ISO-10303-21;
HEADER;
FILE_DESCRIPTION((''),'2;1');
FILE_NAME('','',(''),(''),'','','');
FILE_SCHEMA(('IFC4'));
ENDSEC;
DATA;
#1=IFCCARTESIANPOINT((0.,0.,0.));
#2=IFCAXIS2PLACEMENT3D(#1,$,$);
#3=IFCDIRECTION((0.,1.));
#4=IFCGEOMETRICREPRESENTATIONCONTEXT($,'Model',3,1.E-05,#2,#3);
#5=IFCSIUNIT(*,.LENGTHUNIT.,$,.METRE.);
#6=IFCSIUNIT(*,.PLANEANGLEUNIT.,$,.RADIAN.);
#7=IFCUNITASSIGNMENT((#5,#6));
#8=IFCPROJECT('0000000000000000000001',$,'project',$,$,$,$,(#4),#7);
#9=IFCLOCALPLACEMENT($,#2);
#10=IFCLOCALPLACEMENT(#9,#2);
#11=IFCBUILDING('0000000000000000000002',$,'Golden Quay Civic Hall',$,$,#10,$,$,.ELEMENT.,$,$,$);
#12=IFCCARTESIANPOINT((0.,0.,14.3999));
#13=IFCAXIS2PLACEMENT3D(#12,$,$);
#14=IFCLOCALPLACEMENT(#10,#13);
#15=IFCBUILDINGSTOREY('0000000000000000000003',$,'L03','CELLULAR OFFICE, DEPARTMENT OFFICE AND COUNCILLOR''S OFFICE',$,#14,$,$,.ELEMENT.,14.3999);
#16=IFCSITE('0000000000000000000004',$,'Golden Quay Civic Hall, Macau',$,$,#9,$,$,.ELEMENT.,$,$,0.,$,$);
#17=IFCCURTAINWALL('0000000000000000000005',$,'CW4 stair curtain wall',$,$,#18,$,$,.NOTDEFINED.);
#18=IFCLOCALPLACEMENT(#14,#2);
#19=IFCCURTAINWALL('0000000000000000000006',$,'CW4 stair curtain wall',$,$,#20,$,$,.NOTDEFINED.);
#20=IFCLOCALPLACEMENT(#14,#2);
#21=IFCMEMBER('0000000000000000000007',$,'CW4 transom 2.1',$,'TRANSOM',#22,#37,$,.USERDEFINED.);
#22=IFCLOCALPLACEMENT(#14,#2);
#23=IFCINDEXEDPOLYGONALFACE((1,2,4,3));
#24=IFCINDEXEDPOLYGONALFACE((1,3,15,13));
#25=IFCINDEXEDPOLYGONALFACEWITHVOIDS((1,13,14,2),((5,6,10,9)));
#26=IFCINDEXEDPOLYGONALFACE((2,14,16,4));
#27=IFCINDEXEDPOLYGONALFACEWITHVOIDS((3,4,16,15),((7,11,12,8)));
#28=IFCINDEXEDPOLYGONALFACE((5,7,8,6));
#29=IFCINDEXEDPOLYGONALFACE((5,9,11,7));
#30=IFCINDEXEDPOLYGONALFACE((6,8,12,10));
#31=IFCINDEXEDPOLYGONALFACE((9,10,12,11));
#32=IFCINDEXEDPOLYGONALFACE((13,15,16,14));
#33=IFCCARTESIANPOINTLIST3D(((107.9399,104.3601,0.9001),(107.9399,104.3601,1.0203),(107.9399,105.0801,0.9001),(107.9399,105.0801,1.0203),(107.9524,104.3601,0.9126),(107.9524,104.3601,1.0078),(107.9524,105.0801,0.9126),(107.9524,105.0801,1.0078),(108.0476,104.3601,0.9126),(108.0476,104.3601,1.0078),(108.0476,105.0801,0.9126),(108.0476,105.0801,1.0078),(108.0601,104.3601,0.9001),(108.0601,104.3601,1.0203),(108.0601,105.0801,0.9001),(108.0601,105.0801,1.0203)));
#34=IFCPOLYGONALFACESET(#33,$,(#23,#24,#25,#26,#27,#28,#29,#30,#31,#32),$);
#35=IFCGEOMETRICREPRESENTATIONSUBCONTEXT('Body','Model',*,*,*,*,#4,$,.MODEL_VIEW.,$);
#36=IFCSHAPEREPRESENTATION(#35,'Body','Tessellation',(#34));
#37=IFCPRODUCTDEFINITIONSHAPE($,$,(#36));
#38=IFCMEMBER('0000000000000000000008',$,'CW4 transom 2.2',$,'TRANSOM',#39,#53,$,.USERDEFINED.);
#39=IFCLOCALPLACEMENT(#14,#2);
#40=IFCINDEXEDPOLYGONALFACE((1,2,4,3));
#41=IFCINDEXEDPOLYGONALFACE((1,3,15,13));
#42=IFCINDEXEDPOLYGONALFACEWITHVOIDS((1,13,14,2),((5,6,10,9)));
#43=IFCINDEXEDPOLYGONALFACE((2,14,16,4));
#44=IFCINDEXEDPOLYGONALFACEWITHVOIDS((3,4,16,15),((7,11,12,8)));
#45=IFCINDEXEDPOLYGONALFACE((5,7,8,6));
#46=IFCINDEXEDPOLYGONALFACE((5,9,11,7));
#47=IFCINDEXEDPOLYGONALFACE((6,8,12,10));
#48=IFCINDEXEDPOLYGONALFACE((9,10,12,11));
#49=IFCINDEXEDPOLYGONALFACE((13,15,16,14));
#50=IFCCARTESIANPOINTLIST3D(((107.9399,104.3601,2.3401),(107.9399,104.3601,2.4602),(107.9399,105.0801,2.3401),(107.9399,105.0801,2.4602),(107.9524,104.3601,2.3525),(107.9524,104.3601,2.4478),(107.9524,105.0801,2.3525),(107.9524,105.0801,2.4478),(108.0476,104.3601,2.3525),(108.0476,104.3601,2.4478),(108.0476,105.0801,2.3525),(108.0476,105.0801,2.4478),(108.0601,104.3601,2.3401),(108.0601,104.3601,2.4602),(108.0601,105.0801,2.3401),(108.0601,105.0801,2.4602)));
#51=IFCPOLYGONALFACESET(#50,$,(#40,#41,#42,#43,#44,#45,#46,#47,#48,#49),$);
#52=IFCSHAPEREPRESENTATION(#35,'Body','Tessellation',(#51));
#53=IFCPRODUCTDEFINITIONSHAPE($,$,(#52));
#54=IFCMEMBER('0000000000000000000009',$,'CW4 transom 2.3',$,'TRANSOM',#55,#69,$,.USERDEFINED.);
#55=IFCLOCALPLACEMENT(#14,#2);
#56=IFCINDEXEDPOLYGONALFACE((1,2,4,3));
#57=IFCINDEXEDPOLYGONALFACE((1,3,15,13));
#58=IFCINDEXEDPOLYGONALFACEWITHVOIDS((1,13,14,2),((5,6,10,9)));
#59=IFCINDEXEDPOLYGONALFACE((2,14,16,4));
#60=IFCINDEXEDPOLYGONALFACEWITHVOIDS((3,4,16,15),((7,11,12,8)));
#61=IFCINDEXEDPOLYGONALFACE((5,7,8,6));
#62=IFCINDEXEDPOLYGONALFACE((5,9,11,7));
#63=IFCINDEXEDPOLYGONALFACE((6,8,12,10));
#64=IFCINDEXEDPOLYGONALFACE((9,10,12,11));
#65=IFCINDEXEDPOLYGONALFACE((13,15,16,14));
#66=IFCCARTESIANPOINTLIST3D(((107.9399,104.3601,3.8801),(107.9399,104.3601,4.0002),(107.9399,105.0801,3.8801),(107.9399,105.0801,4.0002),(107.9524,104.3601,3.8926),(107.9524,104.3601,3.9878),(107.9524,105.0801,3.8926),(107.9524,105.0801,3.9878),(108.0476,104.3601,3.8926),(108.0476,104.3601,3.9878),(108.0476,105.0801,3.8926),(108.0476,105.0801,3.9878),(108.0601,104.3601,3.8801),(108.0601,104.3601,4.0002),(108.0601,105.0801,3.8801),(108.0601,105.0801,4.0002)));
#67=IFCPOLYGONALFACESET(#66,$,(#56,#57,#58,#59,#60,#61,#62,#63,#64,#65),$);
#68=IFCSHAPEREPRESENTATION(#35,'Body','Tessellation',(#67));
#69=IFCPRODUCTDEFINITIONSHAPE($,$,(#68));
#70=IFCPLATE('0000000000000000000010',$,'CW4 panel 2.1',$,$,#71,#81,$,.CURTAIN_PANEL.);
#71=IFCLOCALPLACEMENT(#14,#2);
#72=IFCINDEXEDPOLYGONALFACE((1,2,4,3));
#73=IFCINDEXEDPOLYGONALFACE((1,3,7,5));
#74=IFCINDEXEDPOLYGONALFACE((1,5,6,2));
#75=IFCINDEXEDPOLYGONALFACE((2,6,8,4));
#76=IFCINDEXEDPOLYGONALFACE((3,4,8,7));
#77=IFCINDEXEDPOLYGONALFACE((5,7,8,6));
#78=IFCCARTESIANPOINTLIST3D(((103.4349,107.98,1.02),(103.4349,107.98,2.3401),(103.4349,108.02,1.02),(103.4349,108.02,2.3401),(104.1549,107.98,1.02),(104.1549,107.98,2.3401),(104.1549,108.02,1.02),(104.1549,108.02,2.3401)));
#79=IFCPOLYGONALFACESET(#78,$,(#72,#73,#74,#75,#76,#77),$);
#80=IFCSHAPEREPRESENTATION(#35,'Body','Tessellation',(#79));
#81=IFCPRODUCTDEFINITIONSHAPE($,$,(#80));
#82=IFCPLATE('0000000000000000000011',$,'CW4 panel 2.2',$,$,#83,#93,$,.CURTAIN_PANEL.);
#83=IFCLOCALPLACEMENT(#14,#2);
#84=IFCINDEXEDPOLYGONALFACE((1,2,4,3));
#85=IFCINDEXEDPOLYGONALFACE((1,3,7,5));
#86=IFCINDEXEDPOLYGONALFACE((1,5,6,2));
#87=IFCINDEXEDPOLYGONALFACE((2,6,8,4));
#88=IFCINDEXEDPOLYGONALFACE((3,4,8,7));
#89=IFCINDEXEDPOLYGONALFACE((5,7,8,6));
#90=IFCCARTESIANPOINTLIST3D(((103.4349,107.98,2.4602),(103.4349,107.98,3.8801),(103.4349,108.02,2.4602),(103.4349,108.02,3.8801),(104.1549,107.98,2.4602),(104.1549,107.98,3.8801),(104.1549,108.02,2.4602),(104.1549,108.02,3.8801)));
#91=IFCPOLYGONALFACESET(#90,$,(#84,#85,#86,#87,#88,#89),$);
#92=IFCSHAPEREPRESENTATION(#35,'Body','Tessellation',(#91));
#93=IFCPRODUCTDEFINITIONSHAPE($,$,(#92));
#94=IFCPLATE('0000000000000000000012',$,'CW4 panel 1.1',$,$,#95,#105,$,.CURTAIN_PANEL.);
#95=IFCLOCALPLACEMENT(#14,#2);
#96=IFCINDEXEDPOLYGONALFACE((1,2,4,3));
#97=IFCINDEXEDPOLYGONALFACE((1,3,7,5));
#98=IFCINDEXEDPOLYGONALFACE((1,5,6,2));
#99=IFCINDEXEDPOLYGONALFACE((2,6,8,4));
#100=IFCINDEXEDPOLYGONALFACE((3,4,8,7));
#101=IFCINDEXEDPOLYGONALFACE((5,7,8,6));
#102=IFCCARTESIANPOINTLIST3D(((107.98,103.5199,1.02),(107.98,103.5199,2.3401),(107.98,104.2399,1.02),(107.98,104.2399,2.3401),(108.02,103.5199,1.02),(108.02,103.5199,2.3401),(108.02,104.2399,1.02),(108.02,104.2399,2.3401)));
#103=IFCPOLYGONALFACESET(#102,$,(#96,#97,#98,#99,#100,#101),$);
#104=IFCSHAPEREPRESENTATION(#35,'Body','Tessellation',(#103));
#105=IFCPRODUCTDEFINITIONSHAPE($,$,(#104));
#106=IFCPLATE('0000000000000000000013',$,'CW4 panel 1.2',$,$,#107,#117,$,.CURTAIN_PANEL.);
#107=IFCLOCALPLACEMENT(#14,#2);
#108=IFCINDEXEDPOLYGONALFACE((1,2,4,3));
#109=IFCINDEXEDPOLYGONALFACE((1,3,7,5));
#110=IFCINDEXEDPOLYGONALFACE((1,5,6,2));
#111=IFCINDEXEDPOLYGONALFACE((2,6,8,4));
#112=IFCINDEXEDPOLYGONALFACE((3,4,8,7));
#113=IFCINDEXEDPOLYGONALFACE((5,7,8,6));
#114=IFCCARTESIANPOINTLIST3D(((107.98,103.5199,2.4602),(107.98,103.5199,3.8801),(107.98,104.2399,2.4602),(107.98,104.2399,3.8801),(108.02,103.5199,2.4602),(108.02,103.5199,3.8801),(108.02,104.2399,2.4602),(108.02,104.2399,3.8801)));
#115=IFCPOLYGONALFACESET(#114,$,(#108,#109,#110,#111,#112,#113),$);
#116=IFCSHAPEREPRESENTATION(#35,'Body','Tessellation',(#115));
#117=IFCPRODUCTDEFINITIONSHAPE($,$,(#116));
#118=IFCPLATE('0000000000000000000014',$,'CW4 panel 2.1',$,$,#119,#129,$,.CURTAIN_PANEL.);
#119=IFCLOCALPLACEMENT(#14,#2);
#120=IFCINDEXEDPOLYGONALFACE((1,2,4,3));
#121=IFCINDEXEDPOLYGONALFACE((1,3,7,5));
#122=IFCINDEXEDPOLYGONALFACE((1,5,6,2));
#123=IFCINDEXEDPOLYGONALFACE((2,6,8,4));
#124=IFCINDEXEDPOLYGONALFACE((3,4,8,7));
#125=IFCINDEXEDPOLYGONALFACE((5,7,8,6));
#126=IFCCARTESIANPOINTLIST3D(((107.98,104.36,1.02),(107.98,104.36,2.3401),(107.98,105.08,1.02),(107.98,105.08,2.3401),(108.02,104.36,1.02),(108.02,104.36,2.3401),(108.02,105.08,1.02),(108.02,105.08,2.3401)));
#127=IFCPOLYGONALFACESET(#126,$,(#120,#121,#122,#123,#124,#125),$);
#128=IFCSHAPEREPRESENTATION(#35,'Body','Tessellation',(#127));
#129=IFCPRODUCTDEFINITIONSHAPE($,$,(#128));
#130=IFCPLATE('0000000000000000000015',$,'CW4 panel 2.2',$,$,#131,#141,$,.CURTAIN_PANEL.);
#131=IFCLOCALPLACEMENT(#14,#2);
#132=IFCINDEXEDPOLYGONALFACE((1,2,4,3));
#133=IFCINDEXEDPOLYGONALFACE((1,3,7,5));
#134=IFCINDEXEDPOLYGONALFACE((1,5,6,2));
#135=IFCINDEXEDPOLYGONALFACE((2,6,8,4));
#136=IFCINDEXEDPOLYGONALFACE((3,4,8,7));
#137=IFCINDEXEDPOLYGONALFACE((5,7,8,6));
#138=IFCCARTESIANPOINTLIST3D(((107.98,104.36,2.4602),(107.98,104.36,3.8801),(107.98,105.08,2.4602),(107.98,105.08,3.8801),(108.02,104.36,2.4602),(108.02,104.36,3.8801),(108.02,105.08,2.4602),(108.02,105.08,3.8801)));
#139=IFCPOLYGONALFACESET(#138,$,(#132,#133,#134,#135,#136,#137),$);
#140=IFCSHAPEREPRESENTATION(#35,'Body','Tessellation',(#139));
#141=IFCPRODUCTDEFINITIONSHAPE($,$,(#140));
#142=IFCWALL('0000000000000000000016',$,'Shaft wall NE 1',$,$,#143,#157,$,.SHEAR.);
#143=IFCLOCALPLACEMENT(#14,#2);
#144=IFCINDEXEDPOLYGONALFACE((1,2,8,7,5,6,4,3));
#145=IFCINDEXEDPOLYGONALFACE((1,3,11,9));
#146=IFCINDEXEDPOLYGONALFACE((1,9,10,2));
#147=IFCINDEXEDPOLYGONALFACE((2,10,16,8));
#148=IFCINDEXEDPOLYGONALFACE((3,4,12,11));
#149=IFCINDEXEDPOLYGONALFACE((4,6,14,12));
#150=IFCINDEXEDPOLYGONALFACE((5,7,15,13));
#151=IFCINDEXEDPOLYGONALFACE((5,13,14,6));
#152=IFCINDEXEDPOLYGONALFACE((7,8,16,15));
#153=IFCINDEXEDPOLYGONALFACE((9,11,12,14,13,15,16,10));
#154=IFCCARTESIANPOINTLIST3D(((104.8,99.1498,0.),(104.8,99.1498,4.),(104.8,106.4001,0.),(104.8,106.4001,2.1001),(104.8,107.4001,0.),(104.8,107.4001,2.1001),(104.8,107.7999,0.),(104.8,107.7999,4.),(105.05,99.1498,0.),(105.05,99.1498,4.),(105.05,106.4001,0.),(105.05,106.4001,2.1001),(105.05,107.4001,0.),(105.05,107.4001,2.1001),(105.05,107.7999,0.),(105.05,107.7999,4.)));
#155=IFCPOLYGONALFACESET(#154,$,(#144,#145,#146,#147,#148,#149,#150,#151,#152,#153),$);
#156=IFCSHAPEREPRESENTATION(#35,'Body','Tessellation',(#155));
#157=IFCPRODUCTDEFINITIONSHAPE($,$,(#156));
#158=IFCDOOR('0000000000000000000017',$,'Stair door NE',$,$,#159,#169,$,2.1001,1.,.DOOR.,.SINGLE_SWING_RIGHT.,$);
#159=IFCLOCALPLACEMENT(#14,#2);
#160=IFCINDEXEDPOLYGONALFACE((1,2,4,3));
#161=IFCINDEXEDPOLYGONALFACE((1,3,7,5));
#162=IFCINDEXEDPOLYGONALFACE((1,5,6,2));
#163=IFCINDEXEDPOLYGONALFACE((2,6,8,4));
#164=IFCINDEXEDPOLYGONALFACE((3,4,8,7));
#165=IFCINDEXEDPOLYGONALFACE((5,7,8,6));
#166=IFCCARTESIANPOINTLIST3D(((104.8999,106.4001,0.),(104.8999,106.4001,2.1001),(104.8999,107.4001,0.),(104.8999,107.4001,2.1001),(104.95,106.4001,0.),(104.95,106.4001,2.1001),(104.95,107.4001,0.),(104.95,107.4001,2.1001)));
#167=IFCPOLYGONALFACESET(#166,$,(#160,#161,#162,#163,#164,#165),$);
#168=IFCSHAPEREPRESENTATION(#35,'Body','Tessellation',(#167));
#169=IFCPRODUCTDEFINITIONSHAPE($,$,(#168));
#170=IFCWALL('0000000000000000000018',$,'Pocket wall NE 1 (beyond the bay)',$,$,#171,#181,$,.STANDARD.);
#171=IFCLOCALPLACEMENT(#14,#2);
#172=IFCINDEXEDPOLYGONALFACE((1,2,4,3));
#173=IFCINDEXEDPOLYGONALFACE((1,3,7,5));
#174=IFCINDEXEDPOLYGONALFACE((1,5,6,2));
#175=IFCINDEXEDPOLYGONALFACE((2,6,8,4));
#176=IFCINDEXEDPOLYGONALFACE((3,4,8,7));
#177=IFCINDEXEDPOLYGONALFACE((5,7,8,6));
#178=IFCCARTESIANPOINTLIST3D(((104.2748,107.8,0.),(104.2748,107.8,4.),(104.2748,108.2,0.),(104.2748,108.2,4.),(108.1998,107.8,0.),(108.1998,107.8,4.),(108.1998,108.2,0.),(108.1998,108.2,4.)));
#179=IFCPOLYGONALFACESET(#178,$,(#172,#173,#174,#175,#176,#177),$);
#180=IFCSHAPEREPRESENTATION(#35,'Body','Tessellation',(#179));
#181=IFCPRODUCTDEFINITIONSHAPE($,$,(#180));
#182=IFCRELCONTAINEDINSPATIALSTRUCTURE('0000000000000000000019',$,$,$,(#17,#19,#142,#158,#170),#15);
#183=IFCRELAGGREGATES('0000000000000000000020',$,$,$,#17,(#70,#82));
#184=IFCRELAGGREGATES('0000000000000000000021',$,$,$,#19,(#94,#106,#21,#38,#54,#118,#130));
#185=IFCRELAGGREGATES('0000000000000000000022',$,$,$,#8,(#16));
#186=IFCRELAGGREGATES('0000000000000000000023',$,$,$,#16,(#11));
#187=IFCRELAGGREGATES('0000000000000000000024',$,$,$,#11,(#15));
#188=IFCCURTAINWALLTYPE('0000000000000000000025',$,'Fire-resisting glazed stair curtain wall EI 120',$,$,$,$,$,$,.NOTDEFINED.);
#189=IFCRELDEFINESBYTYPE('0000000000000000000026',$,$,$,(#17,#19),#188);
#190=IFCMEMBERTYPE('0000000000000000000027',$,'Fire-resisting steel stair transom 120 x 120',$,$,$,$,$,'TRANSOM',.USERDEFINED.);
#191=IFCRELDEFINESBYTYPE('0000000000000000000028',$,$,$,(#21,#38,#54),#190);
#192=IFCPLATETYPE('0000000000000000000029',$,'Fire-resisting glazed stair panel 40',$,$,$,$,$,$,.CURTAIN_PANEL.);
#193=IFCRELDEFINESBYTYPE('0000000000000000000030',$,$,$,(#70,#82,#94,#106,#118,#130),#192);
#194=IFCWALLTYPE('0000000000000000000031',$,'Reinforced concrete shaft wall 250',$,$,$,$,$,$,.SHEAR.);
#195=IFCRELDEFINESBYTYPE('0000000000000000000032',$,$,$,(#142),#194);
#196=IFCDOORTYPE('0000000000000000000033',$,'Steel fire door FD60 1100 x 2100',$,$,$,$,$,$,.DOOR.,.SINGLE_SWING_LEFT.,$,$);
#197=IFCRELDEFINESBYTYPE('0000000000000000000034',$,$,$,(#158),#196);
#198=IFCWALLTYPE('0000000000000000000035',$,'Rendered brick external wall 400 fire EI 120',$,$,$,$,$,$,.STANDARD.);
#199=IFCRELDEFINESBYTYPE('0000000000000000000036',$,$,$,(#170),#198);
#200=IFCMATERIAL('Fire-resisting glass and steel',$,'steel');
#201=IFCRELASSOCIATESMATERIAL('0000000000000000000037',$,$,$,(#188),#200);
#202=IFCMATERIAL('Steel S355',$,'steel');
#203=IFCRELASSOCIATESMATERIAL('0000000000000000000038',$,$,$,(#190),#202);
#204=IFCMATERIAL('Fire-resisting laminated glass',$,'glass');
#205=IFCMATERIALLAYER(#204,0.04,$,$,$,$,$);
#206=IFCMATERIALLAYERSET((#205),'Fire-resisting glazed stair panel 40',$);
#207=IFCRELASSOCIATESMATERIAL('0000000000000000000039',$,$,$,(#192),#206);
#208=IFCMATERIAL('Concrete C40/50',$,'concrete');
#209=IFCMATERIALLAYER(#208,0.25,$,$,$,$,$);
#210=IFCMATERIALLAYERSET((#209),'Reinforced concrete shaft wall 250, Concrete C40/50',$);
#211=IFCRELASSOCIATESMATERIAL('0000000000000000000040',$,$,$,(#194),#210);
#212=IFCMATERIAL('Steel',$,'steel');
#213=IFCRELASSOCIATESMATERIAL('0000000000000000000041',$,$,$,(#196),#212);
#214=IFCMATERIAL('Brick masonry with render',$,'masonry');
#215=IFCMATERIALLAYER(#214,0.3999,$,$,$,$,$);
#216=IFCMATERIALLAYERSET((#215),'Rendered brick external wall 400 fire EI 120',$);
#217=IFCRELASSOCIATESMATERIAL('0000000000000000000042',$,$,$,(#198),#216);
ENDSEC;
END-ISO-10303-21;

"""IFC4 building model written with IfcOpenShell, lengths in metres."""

from ifc_helpers import new_model, si_unit, direction, frame, frame_2d, origin, origin_2d, place, context, subcontext, project, spatial, rectangle, hollow_rectangle, extrude, material, layer, layer_set, material_profile, profile_set, type_object, element, fill, aggregate, save


model = new_model("IFC4")

# Units and contexts
model_context = context("Model", 3, precision=1e-05, world=origin(), true_north=direction((0.0, 1.0)))
body_context = subcontext(model_context, "Body", "Model", "MODEL_VIEW")
ifc_project = project(units=[si_unit("LENGTHUNIT", "METRE"), si_unit("PLANEANGLEUNIT", "RADIAN")], contexts=[model_context])

# Site, building, storey
site_placement = place(None, origin())
site = spatial("IfcSite", under=ifc_project, at=site_placement, Name="Golden Quay Civic Hall, Macau", CompositionType="ELEMENT", RefElevation=0.0)
building_placement = place(site_placement, origin())
building = spatial("IfcBuilding", under=site, at=building_placement, Name="Golden Quay Civic Hall", CompositionType="ELEMENT")
storey_placement = place(building_placement, frame((0.0, 0.0, 14.3999)))
storey = spatial("IfcBuildingStorey", under=building, at=storey_placement, Name="L03", Description="CELLULAR OFFICE, DEPARTMENT OFFICE AND COUNCILLOR'S OFFICE", CompositionType="ELEMENT", Elevation=14.3999)

# Curtain walls
ifc_material_1 = material(Name="Fire-resisting glass and steel", Category="steel")
curtain_wall_type = type_object("IfcCurtainWallType", Name="Fire-resisting glazed stair curtain wall EI 120", PredefinedType="NOTDEFINED", material=ifc_material_1)
curtain_wall_1_placement = place(storey_placement, origin())
curtain_wall_1 = element("IfcCurtainWall", 1, at=curtain_wall_1_placement, inside=storey, type_object=curtain_wall_type, Name="CW4 stair curtain wall", PredefinedType="NOTDEFINED")
curtain_wall_2_placement = place(storey_placement, origin())
curtain_wall_2 = element("IfcCurtainWall", 2, at=curtain_wall_2_placement, inside=storey, type_object=curtain_wall_type, Name="CW4 stair curtain wall", PredefinedType="NOTDEFINED")

# Members
ifc_material_2 = material(Name="Steel S355", Category="steel")
ifc_material_profile_1 = material_profile(ifc_material_2, hollow_rectangle(XDim=0.1201, YDim=0.1201, WallThickness=0.0125, at=origin_2d()), Name="SHS 120x120x12.5")
ifc_profile_set_1 = profile_set([ifc_material_profile_1], Name="Steel S355")
member_type_1 = type_object("IfcMemberType", Name="Fire-resisting steel stair transom 120 x 120", ElementType="TRANSOM", PredefinedType="USERDEFINED", material=ifc_profile_set_1)
member_1_placement = place(storey_placement, frame((108.0, 104.3601, 0.9602), z_axis=(0.0, 1.0, 0.0), x_axis=(-1.0, 0.0, 0.0)))
member_1 = element("IfcMember", 3, at=member_1_placement, type_object=member_type_1, Name="CW4 transom 2.1", ObjectType="TRANSOM", PredefinedType="USERDEFINED", context=body_context, shape_type="SweptSolid", body=[
    extrude(hollow_rectangle(XDim=0.1201, YDim=0.1201, WallThickness=0.0125, at=origin_2d()), origin(), (0.0, 0.0, 1.0), 0.72),
])
member_2_placement = place(storey_placement, frame((108.0, 104.3601, 2.4001), z_axis=(0.0, 1.0, 0.0), x_axis=(-1.0, 0.0, 0.0)))
member_2 = element("IfcMember", 4, at=member_2_placement, type_object=member_type_1, Name="CW4 transom 2.2", ObjectType="TRANSOM", PredefinedType="USERDEFINED", context=body_context, shape_type="SweptSolid", body=[
    extrude(hollow_rectangle(XDim=0.1201, YDim=0.1201, WallThickness=0.0125, at=origin_2d()), origin(), (0.0, 0.0, 1.0), 0.72),
])
member_3_placement = place(storey_placement, frame((108.0, 104.3601, 3.9402), z_axis=(0.0, 1.0, 0.0), x_axis=(-1.0, 0.0, 0.0)))
member_3 = element("IfcMember", 5, at=member_3_placement, type_object=member_type_1, Name="CW4 transom 2.3", ObjectType="TRANSOM", PredefinedType="USERDEFINED", context=body_context, shape_type="SweptSolid", body=[
    extrude(hollow_rectangle(XDim=0.1201, YDim=0.1201, WallThickness=0.0125, at=origin_2d()), origin(), (0.0, 0.0, 1.0), 0.72),
])

# Plates
ifc_material_3 = material(Name="Fire-resisting laminated glass", Category="glass")
ifc_layer_1 = layer(ifc_material_3, 0.04)
ifc_layer_set_1 = layer_set([ifc_layer_1], Name="Fire-resisting glazed stair panel 40")
plate_type = type_object("IfcPlateType", Name="Fire-resisting glazed stair panel 40", PredefinedType="CURTAIN_PANEL", material=ifc_layer_set_1)
plate_1_placement = place(storey_placement, frame((103.7949, 108.0, 1.02), z_axis=(0.0, 0.0, 1.0), x_axis=(1.0, 0.0, 0.0)))
plate_1 = element("IfcPlate", 6, at=plate_1_placement, type_object=plate_type, Name="CW4 panel 2.1", PredefinedType="CURTAIN_PANEL", context=body_context, shape_type="SweptSolid", body=[
    extrude(rectangle(XDim=0.72, YDim=0.04, at=origin_2d()), origin(), (0.0, 0.0, 1.0), 1.3201),
])
plate_2_placement = place(storey_placement, frame((103.7949, 108.0, 2.4602), z_axis=(0.0, 0.0, 1.0), x_axis=(1.0, 0.0, 0.0)))
plate_2 = element("IfcPlate", 7, at=plate_2_placement, type_object=plate_type, Name="CW4 panel 2.2", PredefinedType="CURTAIN_PANEL", context=body_context, shape_type="SweptSolid", body=[
    extrude(rectangle(XDim=0.72, YDim=0.04, at=origin_2d()), origin(), (0.0, 0.0, 1.0), 1.4199),
])
aggregate(curtain_wall_1, [plate_1, plate_2])
plate_3_placement = place(storey_placement, frame((108.0, 103.8799, 1.02), z_axis=(0.0, 0.0, 1.0), x_axis=(0.0, 1.0, 0.0)))
plate_3 = element("IfcPlate", 8, at=plate_3_placement, type_object=plate_type, Name="CW4 panel 1.1", PredefinedType="CURTAIN_PANEL", context=body_context, shape_type="SweptSolid", body=[
    extrude(rectangle(XDim=0.72, YDim=0.04, at=origin_2d()), origin(), (0.0, 0.0, 1.0), 1.3201),
])
plate_4_placement = place(storey_placement, frame((108.0, 103.8799, 2.4602), z_axis=(0.0, 0.0, 1.0), x_axis=(0.0, 1.0, 0.0)))
plate_4 = element("IfcPlate", 9, at=plate_4_placement, type_object=plate_type, Name="CW4 panel 1.2", PredefinedType="CURTAIN_PANEL", context=body_context, shape_type="SweptSolid", body=[
    extrude(rectangle(XDim=0.72, YDim=0.04, at=origin_2d()), origin(), (0.0, 0.0, 1.0), 1.4199),
])
plate_5_placement = place(storey_placement, frame((108.0, 104.72, 1.02), z_axis=(0.0, 0.0, 1.0), x_axis=(0.0, 1.0, 0.0)))
plate_5 = element("IfcPlate", 10, at=plate_5_placement, type_object=plate_type, Name="CW4 panel 2.1", PredefinedType="CURTAIN_PANEL", context=body_context, shape_type="SweptSolid", body=[
    extrude(rectangle(XDim=0.72, YDim=0.04, at=origin_2d()), origin(), (0.0, 0.0, 1.0), 1.3201),
])
plate_6_placement = place(storey_placement, frame((108.0, 104.72, 2.4602), z_axis=(0.0, 0.0, 1.0), x_axis=(0.0, 1.0, 0.0)))
plate_6 = element("IfcPlate", 11, at=plate_6_placement, type_object=plate_type, Name="CW4 panel 2.2", PredefinedType="CURTAIN_PANEL", context=body_context, shape_type="SweptSolid", body=[
    extrude(rectangle(XDim=0.72, YDim=0.04, at=origin_2d()), origin(), (0.0, 0.0, 1.0), 1.4199),
])
aggregate(curtain_wall_2, [plate_3, plate_4, member_1, member_2, member_3, plate_5, plate_6])

# Wall, opening, door
ifc_material_4 = material(Name="Concrete C40/50", Category="concrete")
ifc_layer_2 = layer(ifc_material_4, 0.25)
ifc_layer_set_2 = layer_set([ifc_layer_2], Name="Reinforced concrete shaft wall 250, Concrete C40/50")
wall_type_1 = type_object("IfcWallType", Name="Reinforced concrete shaft wall 250", PredefinedType="SHEAR", material=ifc_layer_set_2)
wall_1_placement = place(storey_placement, frame((104.925, 107.8, 0.0), z_axis=(0.0, 0.0, 1.0), x_axis=(0.0, -1.0, 0.0)))
wall_1 = element("IfcWall", 12, at=wall_1_placement, inside=storey, type_object=wall_type_1, Name="Shaft wall NE 1", PredefinedType="SHEAR", context=body_context, shape_type="SweptSolid", body=[
    extrude(rectangle(XDim=8.6501, YDim=0.25, at=frame_2d((4.3252, 0.0))), origin(), (0.0, 0.0, 1.0), 4.0),
])
opening_placement = place(wall_1_placement, frame((0.3999, 0.0, 0.0)))
opening = element("IfcOpeningElement", 13, at=opening_placement, cuts=wall_1, PredefinedType="OPENING", context=body_context, shape_type="SweptSolid", body=[
    extrude(rectangle(XDim=1.0, YDim=2.1001, at=frame_2d((0.5, 1.05))), frame((0.0, 0.135, 0.0), z_axis=(0.0, -1.0, 0.0), x_axis=(1.0, 0.0, 0.0)), (0.0, 0.0, 1.0), 0.27),
])
ifc_material_5 = material(Name="Steel", Category="steel")
door_type = type_object("IfcDoorType", Name="Steel fire door FD60 1100 x 2100", OperationType="SINGLE_SWING_LEFT", PredefinedType="DOOR", material=ifc_material_5)
door_placement = place(opening_placement, frame((1.0, 0.0, 0.0), z_axis=(0.0, 0.0, 1.0), x_axis=(-1.0, 0.0, 0.0)))
door = element("IfcDoor", 14, at=door_placement, inside=storey, type_object=door_type, Name="Stair door NE", OperationType="SINGLE_SWING_RIGHT", OverallHeight=2.1001, OverallWidth=1.0, PredefinedType="DOOR", context=body_context, shape_type="SweptSolid", body=[
    extrude(rectangle(XDim=1.0, YDim=2.1001, at=frame_2d((0.5, 1.05))), frame((0.0, 0.0251, 0.0), z_axis=(0.0, -1.0, 0.0), x_axis=(1.0, 0.0, 0.0)), (0.0, 0.0, 1.0), 0.05),
])
fill(opening, door)

# Wall
ifc_material_6 = material(Name="Brick masonry with render", Category="masonry")
ifc_layer_3 = layer(ifc_material_6, 0.3999)
ifc_layer_set_3 = layer_set([ifc_layer_3], Name="Rendered brick external wall 400 fire EI 120")
wall_type_2 = type_object("IfcWallType", Name="Rendered brick external wall 400 fire EI 120", PredefinedType="STANDARD", material=ifc_layer_set_3)
wall_2_placement = place(storey_placement, frame((104.2749, 108.0, 0.0), z_axis=(0.0, 0.0, 1.0), x_axis=(1.0, 0.0, 0.0)))
element("IfcWall", 15, at=wall_2_placement, inside=storey, type_object=wall_type_2, Name="Pocket wall NE 1 (beyond the bay)", PredefinedType="STANDARD", context=body_context, shape_type="SweptSolid", body=[
    extrude(rectangle(XDim=3.925, YDim=0.3999, at=frame_2d((1.9624, 0.0))), origin(), (0.0, 0.0, 1.0), 4.0),
])

save(model, "model.ifc")
